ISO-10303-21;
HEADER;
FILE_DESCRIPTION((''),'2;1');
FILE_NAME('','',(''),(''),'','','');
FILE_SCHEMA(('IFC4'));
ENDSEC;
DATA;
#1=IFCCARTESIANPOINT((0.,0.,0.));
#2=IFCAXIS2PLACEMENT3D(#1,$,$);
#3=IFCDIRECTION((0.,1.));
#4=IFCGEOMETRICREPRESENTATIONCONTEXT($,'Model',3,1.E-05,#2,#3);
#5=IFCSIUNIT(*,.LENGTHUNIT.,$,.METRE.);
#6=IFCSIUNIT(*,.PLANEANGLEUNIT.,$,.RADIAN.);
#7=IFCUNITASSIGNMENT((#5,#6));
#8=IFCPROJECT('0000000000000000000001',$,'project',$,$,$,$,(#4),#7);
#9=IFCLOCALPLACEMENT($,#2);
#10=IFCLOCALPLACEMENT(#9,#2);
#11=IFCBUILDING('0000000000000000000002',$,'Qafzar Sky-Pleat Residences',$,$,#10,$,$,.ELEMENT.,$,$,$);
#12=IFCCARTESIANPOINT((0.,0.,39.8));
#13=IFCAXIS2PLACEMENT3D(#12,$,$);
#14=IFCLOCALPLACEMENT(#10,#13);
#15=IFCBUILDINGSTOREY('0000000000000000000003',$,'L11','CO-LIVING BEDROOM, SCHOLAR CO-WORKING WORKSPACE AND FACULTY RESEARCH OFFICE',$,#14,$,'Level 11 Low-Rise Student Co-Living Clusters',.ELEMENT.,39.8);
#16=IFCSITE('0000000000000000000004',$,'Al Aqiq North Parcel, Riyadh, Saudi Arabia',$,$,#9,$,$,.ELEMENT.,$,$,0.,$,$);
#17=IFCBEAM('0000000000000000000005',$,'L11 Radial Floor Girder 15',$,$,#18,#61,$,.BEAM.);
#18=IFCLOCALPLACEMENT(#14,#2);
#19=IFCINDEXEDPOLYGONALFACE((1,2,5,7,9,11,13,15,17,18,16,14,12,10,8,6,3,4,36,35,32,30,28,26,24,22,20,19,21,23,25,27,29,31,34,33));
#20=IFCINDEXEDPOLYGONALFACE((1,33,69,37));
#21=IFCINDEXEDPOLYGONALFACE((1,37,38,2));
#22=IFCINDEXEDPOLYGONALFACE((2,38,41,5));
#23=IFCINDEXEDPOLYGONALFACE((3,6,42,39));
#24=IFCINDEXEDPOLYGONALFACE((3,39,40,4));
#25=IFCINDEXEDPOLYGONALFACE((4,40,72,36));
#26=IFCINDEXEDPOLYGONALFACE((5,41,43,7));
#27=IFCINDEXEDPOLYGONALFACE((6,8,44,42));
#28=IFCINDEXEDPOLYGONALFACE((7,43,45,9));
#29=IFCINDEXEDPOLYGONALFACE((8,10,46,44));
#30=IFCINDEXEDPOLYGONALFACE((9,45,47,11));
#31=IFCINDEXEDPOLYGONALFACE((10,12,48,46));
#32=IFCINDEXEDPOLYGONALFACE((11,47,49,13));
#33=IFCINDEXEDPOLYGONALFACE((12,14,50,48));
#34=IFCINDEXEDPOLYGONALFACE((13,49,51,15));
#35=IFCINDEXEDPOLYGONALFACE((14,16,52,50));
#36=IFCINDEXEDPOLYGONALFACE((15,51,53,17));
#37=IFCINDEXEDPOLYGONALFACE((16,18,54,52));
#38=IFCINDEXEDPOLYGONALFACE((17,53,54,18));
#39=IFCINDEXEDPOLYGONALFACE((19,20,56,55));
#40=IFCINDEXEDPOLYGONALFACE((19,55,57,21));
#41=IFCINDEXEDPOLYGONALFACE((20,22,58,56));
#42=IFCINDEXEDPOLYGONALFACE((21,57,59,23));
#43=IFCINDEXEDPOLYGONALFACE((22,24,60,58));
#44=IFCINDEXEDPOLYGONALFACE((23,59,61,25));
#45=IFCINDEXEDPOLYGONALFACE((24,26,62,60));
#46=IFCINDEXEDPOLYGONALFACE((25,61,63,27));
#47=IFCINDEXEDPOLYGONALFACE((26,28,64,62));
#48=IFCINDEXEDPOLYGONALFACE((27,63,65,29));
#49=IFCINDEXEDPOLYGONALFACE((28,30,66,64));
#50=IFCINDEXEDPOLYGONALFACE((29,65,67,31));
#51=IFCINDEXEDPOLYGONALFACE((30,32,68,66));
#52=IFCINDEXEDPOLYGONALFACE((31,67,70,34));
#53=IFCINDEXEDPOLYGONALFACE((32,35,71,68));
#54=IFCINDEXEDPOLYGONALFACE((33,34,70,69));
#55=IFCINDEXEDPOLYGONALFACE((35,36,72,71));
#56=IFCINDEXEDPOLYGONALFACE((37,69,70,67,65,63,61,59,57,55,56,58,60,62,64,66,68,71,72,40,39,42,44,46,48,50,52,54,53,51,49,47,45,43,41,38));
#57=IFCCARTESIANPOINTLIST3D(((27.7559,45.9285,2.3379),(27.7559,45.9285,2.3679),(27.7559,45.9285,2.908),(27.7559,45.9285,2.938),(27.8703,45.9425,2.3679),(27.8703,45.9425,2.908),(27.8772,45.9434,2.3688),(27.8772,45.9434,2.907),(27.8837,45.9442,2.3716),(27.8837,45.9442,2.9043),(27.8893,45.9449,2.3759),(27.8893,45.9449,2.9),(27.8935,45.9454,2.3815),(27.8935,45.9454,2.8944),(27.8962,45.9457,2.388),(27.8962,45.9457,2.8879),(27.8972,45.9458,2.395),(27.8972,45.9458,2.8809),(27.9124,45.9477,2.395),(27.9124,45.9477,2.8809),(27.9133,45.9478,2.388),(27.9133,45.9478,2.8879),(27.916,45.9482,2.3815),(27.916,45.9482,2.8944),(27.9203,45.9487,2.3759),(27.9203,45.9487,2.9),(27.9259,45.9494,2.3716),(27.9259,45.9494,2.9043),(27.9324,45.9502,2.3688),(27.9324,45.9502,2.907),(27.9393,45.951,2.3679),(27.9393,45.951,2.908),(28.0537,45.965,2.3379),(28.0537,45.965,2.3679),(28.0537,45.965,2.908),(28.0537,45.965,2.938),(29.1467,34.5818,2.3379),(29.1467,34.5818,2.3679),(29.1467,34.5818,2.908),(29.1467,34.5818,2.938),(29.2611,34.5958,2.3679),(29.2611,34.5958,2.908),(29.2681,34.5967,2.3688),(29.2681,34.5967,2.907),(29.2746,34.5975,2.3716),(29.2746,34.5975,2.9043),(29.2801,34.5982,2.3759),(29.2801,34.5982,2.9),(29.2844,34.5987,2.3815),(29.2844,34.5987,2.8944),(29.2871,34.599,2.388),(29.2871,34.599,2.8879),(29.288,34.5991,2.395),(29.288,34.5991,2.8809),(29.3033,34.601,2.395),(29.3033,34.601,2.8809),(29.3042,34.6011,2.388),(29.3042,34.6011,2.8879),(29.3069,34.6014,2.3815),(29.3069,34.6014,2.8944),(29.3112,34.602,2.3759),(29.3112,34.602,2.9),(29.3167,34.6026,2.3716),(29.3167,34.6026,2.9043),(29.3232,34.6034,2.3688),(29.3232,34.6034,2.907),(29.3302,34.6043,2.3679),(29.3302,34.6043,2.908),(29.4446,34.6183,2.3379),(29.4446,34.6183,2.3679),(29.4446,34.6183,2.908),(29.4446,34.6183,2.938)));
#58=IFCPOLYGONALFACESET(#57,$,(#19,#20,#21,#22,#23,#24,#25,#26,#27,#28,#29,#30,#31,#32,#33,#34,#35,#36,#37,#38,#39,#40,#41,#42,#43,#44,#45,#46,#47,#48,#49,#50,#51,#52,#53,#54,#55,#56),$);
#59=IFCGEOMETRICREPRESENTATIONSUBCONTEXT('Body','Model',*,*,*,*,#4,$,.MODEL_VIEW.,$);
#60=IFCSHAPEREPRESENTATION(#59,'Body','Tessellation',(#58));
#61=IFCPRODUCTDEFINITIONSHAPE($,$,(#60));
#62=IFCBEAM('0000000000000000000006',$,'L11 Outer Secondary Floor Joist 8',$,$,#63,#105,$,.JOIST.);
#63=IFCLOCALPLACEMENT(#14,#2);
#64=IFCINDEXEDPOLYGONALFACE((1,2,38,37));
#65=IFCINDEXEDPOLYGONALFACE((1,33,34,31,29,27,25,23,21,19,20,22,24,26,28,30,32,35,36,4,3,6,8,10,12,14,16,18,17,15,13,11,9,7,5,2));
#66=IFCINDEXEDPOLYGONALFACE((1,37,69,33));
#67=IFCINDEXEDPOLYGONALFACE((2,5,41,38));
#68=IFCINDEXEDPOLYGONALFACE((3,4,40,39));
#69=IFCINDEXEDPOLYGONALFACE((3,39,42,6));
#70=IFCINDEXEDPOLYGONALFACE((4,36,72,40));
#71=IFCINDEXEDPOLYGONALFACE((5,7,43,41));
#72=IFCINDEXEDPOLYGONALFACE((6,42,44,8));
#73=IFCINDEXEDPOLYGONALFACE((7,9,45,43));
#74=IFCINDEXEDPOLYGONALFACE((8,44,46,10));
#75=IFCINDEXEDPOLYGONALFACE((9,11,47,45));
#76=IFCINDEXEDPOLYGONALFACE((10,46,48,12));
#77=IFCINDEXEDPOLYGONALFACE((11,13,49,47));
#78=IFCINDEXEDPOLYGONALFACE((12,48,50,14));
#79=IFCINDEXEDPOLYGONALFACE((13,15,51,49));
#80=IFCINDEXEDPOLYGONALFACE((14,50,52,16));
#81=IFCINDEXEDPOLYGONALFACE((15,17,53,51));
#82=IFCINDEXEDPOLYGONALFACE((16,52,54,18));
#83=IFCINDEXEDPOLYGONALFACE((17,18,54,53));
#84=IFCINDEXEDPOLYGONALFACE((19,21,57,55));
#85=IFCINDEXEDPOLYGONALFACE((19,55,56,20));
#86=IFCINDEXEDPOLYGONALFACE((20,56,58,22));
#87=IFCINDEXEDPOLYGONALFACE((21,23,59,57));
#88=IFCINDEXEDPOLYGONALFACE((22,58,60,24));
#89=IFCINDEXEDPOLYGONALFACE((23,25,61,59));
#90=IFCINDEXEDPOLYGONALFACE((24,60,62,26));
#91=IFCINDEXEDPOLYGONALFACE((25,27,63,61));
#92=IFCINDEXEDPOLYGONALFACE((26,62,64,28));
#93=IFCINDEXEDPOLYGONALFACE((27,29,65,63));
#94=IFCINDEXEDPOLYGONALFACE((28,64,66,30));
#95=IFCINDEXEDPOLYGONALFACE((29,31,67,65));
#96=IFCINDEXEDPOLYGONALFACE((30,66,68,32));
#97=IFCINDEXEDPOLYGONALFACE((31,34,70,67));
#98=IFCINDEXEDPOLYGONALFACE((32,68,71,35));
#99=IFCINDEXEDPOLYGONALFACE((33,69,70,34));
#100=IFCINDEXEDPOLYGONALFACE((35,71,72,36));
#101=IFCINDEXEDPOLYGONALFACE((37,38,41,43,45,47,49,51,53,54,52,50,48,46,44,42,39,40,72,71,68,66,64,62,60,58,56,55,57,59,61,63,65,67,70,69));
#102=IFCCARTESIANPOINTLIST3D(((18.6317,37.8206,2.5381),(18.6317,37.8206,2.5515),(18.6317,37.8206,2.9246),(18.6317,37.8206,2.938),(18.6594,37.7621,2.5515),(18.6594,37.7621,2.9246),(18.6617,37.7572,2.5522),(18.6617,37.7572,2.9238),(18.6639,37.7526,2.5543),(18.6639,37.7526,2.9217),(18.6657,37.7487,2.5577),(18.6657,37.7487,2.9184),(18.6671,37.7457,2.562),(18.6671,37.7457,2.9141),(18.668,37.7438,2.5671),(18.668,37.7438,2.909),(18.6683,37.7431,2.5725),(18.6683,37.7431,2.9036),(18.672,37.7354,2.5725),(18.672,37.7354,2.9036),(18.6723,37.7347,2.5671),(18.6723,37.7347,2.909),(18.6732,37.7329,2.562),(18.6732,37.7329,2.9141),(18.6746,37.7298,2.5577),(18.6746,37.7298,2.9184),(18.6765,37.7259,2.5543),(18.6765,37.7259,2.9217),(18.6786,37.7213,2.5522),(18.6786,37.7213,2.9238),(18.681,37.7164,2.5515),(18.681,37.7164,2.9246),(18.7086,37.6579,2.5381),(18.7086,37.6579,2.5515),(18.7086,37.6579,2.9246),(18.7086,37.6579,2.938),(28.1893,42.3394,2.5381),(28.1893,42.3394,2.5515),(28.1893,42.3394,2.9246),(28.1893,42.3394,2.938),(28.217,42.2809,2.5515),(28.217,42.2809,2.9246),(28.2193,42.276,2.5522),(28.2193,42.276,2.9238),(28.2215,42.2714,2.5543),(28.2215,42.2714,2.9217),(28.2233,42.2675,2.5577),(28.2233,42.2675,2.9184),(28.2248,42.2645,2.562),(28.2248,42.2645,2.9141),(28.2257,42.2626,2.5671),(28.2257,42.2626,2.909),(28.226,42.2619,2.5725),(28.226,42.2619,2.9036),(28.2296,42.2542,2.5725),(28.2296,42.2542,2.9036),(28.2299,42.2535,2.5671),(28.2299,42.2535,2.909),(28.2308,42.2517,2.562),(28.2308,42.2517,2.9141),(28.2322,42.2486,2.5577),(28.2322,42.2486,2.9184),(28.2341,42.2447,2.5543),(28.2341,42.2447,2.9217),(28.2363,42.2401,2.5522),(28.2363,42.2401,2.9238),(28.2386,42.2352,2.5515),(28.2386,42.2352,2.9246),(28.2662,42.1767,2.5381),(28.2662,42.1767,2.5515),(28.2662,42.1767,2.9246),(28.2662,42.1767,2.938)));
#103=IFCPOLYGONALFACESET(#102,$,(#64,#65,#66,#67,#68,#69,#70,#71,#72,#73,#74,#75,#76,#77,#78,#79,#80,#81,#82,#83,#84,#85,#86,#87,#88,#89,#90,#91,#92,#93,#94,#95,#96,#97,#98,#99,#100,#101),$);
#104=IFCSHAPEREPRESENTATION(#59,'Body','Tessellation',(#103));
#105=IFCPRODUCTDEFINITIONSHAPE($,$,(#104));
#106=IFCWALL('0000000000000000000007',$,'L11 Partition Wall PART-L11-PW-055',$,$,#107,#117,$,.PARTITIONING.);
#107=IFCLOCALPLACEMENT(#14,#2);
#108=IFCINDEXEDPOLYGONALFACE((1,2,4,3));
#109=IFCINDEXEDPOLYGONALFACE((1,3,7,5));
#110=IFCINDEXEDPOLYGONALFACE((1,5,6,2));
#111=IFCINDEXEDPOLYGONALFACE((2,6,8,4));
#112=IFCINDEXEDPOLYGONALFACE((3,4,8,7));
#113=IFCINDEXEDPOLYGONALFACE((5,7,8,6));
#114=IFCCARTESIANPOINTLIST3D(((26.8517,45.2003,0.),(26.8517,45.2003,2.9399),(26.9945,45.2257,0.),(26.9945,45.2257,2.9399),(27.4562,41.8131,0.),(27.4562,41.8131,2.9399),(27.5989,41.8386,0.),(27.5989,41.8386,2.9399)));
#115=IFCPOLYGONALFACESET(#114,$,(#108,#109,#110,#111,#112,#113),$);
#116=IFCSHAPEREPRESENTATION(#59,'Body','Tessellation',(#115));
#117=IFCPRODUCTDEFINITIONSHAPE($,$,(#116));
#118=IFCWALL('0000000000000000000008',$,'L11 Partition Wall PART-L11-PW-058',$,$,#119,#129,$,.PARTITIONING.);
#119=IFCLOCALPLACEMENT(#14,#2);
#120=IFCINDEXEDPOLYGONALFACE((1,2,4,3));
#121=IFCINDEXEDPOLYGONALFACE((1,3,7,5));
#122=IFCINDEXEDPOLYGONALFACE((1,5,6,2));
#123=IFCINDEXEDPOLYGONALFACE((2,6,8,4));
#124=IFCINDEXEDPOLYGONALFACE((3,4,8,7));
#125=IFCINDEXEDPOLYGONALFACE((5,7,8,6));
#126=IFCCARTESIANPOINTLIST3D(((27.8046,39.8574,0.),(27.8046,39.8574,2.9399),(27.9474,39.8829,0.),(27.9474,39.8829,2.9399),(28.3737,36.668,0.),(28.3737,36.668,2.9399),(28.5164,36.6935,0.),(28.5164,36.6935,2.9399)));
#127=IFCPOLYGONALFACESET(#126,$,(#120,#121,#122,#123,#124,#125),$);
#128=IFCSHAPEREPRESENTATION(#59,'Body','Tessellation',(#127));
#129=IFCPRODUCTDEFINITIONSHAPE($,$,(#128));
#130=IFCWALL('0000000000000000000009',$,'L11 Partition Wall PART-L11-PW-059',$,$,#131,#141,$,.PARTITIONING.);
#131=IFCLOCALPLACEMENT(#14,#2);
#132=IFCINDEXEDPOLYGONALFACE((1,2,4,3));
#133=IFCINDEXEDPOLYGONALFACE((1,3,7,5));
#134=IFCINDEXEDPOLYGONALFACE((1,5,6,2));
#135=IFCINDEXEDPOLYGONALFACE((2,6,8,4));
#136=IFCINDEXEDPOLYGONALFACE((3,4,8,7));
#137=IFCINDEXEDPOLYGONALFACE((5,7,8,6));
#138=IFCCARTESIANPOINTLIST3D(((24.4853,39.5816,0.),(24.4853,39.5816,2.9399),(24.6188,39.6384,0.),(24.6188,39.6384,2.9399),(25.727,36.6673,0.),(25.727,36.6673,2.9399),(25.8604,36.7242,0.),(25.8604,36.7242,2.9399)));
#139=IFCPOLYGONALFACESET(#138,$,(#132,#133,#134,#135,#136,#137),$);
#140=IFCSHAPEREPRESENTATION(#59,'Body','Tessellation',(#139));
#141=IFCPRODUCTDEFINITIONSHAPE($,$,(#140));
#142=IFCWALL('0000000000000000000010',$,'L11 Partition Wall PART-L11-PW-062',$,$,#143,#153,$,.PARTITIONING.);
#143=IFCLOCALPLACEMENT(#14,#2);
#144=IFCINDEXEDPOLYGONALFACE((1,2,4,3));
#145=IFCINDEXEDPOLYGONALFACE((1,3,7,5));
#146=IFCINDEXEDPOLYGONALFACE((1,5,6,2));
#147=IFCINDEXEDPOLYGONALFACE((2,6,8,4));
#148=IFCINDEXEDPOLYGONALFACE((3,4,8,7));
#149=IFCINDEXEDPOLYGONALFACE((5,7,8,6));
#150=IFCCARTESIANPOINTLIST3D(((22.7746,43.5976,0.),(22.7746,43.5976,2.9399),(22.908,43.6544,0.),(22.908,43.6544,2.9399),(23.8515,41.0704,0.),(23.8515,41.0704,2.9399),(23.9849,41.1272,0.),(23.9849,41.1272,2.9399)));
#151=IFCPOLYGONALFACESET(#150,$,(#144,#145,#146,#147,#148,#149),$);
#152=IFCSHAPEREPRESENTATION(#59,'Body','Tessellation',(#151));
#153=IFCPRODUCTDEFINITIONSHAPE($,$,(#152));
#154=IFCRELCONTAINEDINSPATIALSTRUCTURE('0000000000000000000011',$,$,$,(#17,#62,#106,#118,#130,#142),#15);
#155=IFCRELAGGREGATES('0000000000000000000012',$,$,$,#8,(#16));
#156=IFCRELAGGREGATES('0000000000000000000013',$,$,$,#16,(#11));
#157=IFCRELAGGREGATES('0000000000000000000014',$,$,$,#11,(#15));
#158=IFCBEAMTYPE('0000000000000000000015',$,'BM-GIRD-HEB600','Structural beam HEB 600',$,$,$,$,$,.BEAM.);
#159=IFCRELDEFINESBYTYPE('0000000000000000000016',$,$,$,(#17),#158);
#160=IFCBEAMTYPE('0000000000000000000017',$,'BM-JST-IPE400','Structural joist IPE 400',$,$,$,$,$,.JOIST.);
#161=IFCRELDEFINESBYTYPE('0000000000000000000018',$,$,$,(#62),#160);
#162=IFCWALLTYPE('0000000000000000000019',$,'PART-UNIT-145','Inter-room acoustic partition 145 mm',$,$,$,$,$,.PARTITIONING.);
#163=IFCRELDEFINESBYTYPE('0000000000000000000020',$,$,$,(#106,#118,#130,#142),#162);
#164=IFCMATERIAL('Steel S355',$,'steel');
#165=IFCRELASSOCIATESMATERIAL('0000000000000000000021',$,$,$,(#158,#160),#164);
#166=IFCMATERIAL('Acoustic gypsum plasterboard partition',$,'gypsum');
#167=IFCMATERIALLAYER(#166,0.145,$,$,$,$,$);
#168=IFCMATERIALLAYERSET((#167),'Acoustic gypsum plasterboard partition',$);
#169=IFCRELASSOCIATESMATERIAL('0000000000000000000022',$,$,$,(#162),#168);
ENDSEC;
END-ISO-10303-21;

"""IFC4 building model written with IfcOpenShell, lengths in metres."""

from ifc_helpers import new_model, si_unit, direction, frame, frame_2d, origin, origin_2d, place, context, subcontext, project, spatial, rectangle, i_section, extrude, source, transform, mapped, material, layer, layer_set, material_profile, profile_set, type_object, element, save


model = new_model("IFC4")

# Units and contexts
model_context = context("Model", 3, precision=1e-05, world=origin(), true_north=direction((0.0, 1.0)))
body_context = subcontext(model_context, "Body", "Model", "MODEL_VIEW")
ifc_project = project(units=[si_unit("LENGTHUNIT", "METRE"), si_unit("PLANEANGLEUNIT", "RADIAN")], contexts=[model_context])

# Site, building, storey
site_placement = place(None, origin())
site = spatial("IfcSite", under=ifc_project, at=site_placement, Name="Al Aqiq North Parcel, Riyadh, Saudi Arabia", CompositionType="ELEMENT", RefElevation=0.0)
building_placement = place(site_placement, origin())
building = spatial("IfcBuilding", under=site, at=building_placement, Name="Qafzar Sky-Pleat Residences", CompositionType="ELEMENT")
storey_placement = place(building_placement, frame((0.0, 0.0, 39.8)))
storey = spatial("IfcBuildingStorey", under=building, at=storey_placement, Name="L11", Description="CO-LIVING BEDROOM, SCHOLAR CO-WORKING WORKSPACE AND FACULTY RESEARCH OFFICE", LongName="Level 11 Low-Rise Student Co-Living Clusters", CompositionType="ELEMENT", Elevation=39.8)

# Beams
ifc_material_1 = material(Name="Steel S355", Category="steel")
ifc_material_profile_1 = material_profile(ifc_material_1, i_section(OverallWidth=0.3, OverallDepth=0.6001, WebThickness=0.0154, FlangeThickness=0.03, FilletRadius=0.0271, at=origin_2d()), Name="HEB 600")
ifc_profile_set_1 = profile_set([ifc_material_profile_1], Name="Steel S355")
beam_type_1 = type_object("IfcBeamType", Name="BM-GIRD-HEB600", Description="Structural beam HEB 600", PredefinedType="BEAM", material=ifc_profile_set_1)
shared_shape_1 = source(origin(), body_context, "Body", "SweptSolid", [
    extrude(i_section(OverallWidth=0.3, OverallDepth=0.6001, WebThickness=0.0154, FlangeThickness=0.03, FilletRadius=0.0271, at=origin_2d()), origin(), (0.0, 0.0, 1.0), 11.4316),
])
beam_1_placement = place(storey_placement, frame((27.9048, 45.9468, 2.6379), z_axis=(0.121669, -0.992571, 0.0), x_axis=(0.992571, 0.121669, 0.0)))
element("IfcBeam", 1, at=beam_1_placement, inside=storey, type_object=beam_type_1, Name="L11 Radial Floor Girder 15", PredefinedType="BEAM", context=body_context, shape_type="MappedRepresentation", body=[
    mapped(shared_shape_1, transform((0.0, 0.0, 0.0), x_axis=(1.0, 0.0, 0.0), y_axis=(0.0, 1.0, 0.0), z_axis=(0.0, 0.0, 1.0), scale=1.0)),
])
ifc_material_profile_2 = material_profile(ifc_material_1, i_section(OverallWidth=0.1799, OverallDepth=0.3999, WebThickness=0.0085, FlangeThickness=0.0134, FilletRadius=0.021, at=origin_2d()), Name="IPE 400")
ifc_profile_set_2 = profile_set([ifc_material_profile_2], Name="Steel S355")
beam_type_2 = type_object("IfcBeamType", Name="BM-JST-IPE400", Description="Structural joist IPE 400", PredefinedType="JOIST", material=ifc_profile_set_2)
shared_shape_2 = source(origin(), body_context, "Body", "SweptSolid", [
    extrude(i_section(OverallWidth=0.1799, OverallDepth=0.3999, WebThickness=0.0085, FlangeThickness=0.0134, FilletRadius=0.021, at=origin_2d()), origin(), (0.0, 0.0, 1.0), 10.572),
])
beam_2_placement = place(storey_placement, frame((28.2278, 42.2581, 2.738), z_axis=(-0.904048, -0.42743, 0.0), x_axis=(0.42743, -0.904048, 0.0)))
element("IfcBeam", 2, at=beam_2_placement, inside=storey, type_object=beam_type_2, Name="L11 Outer Secondary Floor Joist 8", PredefinedType="JOIST", context=body_context, shape_type="MappedRepresentation", body=[
    mapped(shared_shape_2, transform((0.0, 0.0, 0.0), x_axis=(1.0, 0.0, 0.0), y_axis=(0.0, 1.0, 0.0), z_axis=(0.0, 0.0, 1.0), scale=1.0)),
])

# Walls
ifc_material_2 = material(Name="Acoustic gypsum plasterboard partition", Category="gypsum")
ifc_layer_1 = layer(ifc_material_2, 0.145)
ifc_layer_set_1 = layer_set([ifc_layer_1], Name="Acoustic gypsum plasterboard partition")
wall_type_1 = type_object("IfcWallType", Name="PART-UNIT-145", Description="Inter-room acoustic partition 145 mm", PredefinedType="PARTITIONING", material=ifc_layer_set_1)
wall_1_placement = place(storey_placement, frame((26.9231, 45.2129, 0.0), z_axis=(0.0, 0.0, 1.0), x_axis=(0.175687, -0.984446, 0.0)))
element("IfcWall", 3, at=wall_1_placement, inside=storey, type_object=wall_type_1, Name="L11 Partition Wall PART-L11-PW-055", PredefinedType="PARTITIONING", context=body_context, shape_type="SweptSolid", body=[
    extrude(rectangle(XDim=3.4407, YDim=0.145, at=frame_2d((1.7202, 0.0))), origin(), (0.0, 0.0, 1.0), 2.9399),
])
wall_2_placement = place(storey_placement, frame((27.876, 39.8701, 0.0), z_axis=(0.0, 0.0, 1.0), x_axis=(0.175655, -0.984452, 0.0)))
element("IfcWall", 4, at=wall_2_placement, inside=storey, type_object=wall_type_1, Name="L11 Partition Wall PART-L11-PW-058", PredefinedType="PARTITIONING", context=body_context, shape_type="SweptSolid", body=[
    extrude(rectangle(XDim=3.2397, YDim=0.145, at=frame_2d((1.6199, 0.0))), origin(), (0.0, 0.0, 1.0), 2.9399),
])
wall_3_placement = place(storey_placement, frame((24.552, 39.6101, 0.0), z_axis=(0.0, 0.0, 1.0), x_axis=(0.391974, -0.919976, 0.0)))
element("IfcWall", 5, at=wall_3_placement, inside=storey, type_object=wall_type_1, Name="L11 Partition Wall PART-L11-PW-059", PredefinedType="PARTITIONING", context=body_context, shape_type="SweptSolid", body=[
    extrude(rectangle(XDim=3.1677, YDim=0.145, at=frame_2d((1.584, 0.0))), origin(), (0.0, 0.0, 1.0), 2.9399),
])
wall_4_placement = place(storey_placement, frame((22.8413, 43.626, 0.0), z_axis=(0.0, 0.0, 1.0), x_axis=(0.392031, -0.919952, 0.0)))
element("IfcWall", 6, at=wall_4_placement, inside=storey, type_object=wall_type_1, Name="L11 Partition Wall PART-L11-PW-062", PredefinedType="PARTITIONING", context=body_context, shape_type="SweptSolid", body=[
    extrude(rectangle(XDim=2.7471, YDim=0.145, at=frame_2d((1.3735, 0.0))), origin(), (0.0, 0.0, 1.0), 2.9399),
])

save(model, "model.ifc")
